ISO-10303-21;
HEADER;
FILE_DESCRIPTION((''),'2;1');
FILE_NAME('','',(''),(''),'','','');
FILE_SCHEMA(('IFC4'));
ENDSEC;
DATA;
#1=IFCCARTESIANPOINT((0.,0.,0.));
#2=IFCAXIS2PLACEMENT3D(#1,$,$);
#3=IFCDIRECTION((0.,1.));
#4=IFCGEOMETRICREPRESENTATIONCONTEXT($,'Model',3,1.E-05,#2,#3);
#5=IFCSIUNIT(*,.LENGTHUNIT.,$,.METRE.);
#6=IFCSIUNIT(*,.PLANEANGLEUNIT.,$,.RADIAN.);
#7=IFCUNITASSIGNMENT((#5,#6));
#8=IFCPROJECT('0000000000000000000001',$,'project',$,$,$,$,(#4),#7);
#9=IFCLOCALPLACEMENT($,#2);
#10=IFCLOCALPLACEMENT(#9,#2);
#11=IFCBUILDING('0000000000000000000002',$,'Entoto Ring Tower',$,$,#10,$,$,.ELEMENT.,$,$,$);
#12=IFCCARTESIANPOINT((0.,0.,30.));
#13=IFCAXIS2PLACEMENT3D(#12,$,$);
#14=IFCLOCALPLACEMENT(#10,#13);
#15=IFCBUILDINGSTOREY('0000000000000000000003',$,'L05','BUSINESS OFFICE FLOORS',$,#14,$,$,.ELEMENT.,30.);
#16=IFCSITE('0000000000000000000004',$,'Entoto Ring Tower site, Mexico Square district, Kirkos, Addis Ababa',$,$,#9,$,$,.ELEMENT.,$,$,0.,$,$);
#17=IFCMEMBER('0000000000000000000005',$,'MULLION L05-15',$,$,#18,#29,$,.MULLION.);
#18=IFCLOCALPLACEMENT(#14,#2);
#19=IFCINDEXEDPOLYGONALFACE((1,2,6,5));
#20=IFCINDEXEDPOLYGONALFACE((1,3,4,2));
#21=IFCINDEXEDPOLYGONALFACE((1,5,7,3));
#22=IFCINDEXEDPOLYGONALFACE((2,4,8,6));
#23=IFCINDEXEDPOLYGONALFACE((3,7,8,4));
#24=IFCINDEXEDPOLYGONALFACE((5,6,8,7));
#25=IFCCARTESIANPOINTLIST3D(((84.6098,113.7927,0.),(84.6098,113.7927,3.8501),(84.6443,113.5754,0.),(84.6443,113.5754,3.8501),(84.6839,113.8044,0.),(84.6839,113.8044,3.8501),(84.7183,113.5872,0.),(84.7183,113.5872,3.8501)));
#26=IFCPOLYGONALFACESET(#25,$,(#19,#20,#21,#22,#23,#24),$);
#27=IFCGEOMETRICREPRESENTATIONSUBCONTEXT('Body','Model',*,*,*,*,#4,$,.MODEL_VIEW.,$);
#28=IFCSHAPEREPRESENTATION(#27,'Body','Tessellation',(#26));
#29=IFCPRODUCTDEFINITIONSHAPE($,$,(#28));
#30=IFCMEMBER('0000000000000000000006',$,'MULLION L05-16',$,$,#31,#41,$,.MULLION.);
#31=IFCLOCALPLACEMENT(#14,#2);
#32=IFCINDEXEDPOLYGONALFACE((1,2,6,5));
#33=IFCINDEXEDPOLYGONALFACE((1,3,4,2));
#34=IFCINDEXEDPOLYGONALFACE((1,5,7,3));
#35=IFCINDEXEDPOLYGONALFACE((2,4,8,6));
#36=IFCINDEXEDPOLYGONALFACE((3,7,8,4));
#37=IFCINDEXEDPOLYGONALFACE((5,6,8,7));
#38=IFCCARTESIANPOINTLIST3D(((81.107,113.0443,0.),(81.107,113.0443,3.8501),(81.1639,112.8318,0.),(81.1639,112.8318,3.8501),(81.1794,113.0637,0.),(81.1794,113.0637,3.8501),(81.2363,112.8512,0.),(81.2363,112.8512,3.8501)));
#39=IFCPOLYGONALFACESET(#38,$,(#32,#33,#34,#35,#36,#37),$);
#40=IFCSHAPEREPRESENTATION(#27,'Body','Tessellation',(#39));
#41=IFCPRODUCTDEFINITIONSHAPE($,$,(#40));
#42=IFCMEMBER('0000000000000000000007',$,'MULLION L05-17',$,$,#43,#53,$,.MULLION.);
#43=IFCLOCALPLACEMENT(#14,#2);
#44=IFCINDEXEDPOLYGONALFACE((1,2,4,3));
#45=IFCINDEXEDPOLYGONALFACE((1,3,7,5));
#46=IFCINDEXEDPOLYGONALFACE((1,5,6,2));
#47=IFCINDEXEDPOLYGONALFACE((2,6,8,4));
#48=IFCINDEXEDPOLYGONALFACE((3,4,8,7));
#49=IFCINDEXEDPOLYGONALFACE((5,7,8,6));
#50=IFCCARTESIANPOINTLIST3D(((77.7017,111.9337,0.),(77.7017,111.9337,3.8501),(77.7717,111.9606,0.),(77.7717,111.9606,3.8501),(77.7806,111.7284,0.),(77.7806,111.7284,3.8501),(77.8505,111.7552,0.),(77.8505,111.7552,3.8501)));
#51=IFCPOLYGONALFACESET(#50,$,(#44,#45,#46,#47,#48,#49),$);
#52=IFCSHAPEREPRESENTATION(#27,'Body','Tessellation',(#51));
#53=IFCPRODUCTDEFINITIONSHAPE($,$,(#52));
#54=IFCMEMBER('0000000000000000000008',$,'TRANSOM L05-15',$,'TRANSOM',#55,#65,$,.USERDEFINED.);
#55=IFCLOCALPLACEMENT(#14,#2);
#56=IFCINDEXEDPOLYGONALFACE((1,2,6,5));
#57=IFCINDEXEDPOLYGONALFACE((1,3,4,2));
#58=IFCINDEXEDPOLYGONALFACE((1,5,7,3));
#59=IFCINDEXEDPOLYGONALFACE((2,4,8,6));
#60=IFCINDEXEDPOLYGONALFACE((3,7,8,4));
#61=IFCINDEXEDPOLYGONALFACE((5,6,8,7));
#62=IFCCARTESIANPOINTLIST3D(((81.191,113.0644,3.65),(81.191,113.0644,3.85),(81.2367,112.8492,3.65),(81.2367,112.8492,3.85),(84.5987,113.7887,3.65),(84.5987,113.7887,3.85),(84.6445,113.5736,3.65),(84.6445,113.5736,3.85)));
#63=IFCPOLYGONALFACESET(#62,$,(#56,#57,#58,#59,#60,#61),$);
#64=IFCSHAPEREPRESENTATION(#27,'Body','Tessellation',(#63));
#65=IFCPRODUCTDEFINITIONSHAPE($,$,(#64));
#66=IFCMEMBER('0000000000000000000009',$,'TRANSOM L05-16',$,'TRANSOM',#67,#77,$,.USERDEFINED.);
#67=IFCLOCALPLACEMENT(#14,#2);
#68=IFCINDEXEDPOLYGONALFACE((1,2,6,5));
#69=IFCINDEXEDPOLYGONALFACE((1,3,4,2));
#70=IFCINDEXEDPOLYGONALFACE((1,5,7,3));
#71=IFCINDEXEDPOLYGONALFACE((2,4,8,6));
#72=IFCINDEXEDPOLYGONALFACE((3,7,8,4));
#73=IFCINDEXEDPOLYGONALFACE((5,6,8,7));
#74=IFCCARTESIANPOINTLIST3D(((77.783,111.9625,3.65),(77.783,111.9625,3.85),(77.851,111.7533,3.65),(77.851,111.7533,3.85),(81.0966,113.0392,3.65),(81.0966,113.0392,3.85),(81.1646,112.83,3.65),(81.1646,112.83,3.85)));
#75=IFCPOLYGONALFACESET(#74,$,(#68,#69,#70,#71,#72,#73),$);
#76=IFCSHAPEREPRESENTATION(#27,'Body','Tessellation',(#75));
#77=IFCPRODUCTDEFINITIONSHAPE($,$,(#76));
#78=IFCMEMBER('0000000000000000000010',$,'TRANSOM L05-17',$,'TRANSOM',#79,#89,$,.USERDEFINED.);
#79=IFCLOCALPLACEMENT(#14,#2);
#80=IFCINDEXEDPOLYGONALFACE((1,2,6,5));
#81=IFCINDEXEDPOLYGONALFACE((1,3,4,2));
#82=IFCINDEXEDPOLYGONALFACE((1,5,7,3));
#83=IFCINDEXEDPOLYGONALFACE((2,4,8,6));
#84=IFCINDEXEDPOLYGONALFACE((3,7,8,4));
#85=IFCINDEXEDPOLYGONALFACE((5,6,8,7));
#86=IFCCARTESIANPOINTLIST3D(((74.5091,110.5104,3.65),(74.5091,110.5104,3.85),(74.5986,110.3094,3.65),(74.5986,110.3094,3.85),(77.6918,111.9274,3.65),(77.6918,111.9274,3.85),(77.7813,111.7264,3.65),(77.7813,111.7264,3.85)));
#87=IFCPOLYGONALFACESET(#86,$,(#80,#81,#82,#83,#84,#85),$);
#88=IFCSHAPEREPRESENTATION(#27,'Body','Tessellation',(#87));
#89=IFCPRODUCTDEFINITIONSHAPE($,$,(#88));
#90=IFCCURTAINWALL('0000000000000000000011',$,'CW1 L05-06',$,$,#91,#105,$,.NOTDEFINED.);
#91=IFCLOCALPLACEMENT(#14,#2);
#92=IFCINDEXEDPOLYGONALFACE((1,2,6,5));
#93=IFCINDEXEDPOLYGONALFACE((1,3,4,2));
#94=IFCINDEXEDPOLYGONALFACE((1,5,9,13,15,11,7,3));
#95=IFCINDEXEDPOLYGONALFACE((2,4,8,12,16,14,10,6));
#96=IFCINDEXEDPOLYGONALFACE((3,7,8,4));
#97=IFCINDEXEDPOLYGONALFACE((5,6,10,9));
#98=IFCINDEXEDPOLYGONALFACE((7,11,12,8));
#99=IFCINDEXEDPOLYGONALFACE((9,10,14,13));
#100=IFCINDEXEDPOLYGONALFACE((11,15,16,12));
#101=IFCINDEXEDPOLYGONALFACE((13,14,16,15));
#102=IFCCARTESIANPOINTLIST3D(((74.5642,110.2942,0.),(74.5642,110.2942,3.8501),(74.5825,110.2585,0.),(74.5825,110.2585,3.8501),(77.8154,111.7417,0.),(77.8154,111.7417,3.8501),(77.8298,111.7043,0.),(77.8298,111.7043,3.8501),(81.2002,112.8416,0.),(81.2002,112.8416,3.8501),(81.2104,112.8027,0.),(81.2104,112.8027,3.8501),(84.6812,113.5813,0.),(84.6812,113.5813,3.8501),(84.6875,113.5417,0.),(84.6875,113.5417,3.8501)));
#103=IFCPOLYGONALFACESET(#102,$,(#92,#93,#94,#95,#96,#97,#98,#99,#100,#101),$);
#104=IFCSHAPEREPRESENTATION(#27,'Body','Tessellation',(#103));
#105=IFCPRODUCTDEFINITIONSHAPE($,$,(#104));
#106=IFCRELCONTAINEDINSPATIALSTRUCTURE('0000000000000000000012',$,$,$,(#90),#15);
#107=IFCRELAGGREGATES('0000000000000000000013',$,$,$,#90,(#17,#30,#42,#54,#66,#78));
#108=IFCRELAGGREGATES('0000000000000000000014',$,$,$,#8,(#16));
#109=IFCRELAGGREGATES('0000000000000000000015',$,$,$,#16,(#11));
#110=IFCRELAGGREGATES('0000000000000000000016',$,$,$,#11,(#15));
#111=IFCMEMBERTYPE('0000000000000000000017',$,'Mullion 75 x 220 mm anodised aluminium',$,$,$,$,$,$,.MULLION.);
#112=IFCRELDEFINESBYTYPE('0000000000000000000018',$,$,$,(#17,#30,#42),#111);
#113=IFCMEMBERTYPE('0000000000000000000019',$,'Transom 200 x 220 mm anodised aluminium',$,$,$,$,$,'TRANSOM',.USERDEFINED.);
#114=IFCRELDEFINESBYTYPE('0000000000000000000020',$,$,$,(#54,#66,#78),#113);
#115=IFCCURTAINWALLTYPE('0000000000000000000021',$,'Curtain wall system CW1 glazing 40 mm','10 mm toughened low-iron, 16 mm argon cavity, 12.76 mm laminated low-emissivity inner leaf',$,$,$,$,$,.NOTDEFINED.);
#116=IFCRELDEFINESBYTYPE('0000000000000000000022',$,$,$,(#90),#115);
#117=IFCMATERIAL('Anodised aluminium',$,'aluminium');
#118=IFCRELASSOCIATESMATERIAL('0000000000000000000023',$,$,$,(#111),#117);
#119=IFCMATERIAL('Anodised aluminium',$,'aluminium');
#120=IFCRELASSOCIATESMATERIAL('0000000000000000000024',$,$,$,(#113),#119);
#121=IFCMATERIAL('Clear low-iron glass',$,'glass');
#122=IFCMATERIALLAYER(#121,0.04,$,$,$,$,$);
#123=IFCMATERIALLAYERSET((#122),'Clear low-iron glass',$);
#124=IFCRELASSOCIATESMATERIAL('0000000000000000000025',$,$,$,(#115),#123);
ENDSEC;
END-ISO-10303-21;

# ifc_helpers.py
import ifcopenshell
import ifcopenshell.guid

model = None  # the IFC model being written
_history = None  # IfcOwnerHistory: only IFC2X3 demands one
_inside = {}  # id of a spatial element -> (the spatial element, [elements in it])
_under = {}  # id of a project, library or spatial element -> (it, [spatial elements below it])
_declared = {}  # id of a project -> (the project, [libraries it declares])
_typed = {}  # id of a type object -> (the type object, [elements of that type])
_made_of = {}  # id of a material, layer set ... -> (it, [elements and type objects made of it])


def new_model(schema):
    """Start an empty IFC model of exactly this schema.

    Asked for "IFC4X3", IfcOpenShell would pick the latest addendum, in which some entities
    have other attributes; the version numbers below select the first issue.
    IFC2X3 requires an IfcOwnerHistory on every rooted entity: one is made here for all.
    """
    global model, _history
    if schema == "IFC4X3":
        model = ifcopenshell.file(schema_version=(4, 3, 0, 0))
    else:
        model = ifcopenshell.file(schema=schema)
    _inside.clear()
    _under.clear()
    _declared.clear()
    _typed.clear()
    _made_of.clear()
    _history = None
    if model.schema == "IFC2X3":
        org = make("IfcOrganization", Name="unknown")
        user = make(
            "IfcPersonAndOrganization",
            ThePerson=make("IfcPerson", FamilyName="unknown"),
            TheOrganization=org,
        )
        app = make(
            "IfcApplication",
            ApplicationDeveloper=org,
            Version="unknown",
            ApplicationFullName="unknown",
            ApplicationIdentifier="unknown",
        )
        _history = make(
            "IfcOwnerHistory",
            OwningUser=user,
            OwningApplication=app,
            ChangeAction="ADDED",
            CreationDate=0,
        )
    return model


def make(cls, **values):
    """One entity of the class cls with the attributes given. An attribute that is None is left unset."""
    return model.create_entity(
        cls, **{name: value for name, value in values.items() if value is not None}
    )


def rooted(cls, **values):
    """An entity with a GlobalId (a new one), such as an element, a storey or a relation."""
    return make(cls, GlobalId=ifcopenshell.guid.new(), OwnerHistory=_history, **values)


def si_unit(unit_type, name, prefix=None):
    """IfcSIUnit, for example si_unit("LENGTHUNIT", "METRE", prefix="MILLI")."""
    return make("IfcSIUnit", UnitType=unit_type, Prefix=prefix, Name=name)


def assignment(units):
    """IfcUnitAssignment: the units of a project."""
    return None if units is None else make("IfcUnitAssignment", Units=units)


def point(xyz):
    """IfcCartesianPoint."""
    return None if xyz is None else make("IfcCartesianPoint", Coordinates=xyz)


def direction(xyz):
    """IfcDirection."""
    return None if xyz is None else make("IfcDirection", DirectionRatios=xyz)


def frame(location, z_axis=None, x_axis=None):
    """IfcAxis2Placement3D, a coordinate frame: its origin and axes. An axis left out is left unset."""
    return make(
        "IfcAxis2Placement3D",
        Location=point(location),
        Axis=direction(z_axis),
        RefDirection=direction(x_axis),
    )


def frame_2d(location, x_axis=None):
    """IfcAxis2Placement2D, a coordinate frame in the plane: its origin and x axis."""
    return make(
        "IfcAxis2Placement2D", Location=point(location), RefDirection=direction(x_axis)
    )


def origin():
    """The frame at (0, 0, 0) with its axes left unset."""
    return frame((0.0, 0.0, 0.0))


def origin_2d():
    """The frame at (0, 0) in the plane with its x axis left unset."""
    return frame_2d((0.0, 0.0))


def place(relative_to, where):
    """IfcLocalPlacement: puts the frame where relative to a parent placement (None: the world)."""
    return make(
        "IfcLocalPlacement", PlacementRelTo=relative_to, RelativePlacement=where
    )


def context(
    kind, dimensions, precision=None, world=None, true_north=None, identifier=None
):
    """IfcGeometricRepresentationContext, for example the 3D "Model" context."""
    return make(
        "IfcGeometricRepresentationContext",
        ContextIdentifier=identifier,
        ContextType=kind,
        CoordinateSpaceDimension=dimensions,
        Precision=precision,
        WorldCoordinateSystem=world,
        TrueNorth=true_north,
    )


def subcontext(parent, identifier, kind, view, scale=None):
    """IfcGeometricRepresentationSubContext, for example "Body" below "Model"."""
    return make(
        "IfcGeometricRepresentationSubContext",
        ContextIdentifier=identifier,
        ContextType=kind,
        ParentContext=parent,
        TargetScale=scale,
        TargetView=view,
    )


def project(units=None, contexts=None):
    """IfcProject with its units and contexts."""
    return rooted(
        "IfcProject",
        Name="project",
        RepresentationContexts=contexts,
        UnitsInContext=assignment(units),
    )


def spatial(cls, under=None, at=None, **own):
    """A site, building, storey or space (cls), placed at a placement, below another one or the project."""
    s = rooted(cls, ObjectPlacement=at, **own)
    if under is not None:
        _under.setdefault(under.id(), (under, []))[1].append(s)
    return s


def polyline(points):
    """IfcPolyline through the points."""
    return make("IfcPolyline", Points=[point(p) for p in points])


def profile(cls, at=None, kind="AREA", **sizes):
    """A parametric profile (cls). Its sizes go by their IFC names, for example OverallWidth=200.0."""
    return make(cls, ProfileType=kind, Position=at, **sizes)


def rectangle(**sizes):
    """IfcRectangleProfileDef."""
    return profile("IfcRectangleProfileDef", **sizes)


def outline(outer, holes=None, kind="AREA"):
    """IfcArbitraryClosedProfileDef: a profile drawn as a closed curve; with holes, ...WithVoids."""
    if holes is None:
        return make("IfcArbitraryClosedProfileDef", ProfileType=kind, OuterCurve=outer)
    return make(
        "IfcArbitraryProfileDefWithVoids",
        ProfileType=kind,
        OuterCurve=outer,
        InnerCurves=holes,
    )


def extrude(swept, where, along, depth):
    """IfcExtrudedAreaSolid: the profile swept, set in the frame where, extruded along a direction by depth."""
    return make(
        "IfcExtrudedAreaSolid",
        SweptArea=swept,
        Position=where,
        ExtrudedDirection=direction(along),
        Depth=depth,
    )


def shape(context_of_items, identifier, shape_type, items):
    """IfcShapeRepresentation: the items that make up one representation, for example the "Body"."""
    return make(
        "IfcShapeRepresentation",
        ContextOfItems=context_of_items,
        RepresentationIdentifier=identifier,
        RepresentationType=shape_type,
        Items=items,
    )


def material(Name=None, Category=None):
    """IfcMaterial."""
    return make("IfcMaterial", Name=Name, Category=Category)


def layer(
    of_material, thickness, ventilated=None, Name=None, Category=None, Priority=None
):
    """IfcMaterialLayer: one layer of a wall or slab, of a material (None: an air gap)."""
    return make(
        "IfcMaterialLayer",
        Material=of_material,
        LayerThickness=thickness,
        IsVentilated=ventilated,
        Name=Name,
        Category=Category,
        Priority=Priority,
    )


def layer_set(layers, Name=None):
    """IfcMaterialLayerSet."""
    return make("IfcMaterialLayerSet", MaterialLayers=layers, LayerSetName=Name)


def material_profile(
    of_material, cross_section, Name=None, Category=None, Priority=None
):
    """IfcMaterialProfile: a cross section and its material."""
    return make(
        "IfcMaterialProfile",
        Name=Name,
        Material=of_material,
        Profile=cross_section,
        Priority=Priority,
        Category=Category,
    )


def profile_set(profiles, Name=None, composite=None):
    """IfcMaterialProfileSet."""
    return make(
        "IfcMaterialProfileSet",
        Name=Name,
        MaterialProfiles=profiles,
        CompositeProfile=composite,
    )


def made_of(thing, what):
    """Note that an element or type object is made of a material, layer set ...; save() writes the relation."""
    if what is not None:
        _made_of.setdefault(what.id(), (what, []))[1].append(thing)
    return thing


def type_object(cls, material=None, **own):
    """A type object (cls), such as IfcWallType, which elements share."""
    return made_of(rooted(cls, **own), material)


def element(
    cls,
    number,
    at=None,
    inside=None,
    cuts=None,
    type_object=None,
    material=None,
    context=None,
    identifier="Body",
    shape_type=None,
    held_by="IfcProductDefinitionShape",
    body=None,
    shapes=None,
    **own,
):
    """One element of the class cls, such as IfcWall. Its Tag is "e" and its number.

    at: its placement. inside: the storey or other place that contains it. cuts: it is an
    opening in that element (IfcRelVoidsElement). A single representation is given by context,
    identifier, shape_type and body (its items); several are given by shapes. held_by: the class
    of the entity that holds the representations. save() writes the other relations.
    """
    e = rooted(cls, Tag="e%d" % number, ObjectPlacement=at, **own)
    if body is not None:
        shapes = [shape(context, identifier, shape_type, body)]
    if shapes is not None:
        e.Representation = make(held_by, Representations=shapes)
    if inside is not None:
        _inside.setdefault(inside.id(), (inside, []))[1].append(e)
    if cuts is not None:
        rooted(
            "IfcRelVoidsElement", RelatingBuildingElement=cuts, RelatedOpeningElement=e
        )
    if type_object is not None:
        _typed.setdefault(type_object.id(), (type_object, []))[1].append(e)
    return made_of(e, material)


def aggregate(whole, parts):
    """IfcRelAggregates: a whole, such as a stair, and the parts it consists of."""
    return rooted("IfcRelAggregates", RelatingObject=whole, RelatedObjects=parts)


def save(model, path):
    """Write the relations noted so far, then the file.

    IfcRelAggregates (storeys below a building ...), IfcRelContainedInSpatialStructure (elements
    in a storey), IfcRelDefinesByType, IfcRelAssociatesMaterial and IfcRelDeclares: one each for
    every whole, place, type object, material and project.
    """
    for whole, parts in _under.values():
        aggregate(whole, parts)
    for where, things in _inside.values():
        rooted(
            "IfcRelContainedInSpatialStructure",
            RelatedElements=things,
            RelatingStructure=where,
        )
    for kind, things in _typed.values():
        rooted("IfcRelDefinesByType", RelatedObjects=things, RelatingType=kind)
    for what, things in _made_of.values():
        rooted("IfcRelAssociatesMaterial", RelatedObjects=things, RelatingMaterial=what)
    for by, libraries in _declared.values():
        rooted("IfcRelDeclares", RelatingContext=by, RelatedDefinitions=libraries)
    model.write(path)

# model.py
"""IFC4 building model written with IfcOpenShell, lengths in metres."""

from ifc_helpers import new_model, si_unit, direction, frame, origin, origin_2d, place, context, subcontext, project, spatial, polyline, rectangle, outline, extrude, material, layer, layer_set, material_profile, profile_set, type_object, element, aggregate, save


model = new_model("IFC4")

# Units and contexts
model_context = context("Model", 3, precision=1e-05, world=origin(), true_north=direction((0.0, 1.0)))
body_context = subcontext(model_context, "Body", "Model", "MODEL_VIEW")
ifc_project = project(units=[si_unit("LENGTHUNIT", "METRE"), si_unit("PLANEANGLEUNIT", "RADIAN")], contexts=[model_context])

# Members
ifc_material_1 = material(Name="Anodised aluminium", Category="aluminium")
ifc_material_profile_1 = material_profile(ifc_material_1, rectangle(XDim=0.075, YDim=0.22, at=origin_2d()), Name="Mullion 75 x 220 mm anodised aluminium")
ifc_profile_set_1 = profile_set([ifc_material_profile_1], Name="Anodised aluminium")
member_type_1 = type_object("IfcMemberType", Name="Mullion 75 x 220 mm anodised aluminium", PredefinedType="MULLION", material=ifc_profile_set_1)
site_placement = place(None, origin())
building_placement = place(site_placement, origin())
storey_placement = place(building_placement, frame((0.0, 0.0, 30.0)))
member_1_placement = place(storey_placement, frame((84.6641, 113.6899, 0.0), z_axis=(0.0, 0.0, 1.0), x_axis=(-0.987688, -0.156434, 0.0)))
member_1 = element("IfcMember", 1, at=member_1_placement, type_object=member_type_1, Name="MULLION L05-15", PredefinedType="MULLION", context=body_context, shape_type="SweptSolid", body=[
    extrude(rectangle(XDim=0.075, YDim=0.22, at=origin_2d()), origin(), (0.0, 0.0, 1.0), 3.8501),
])
member_2_placement = place(storey_placement, frame((81.1716, 112.9478, 0.0), z_axis=(0.0, 0.0, 1.0), x_axis=(-0.965926, -0.258819, 0.0)))
member_2 = element("IfcMember", 2, at=member_2_placement, type_object=member_type_1, Name="MULLION L05-16", PredefinedType="MULLION", context=body_context, shape_type="SweptSolid", body=[
    extrude(rectangle(XDim=0.075, YDim=0.22, at=origin_2d()), origin(), (0.0, 0.0, 1.0), 3.8501),
])
member_3_placement = place(storey_placement, frame((77.7761, 111.8445, 0.0), z_axis=(0.0, 0.0, 1.0), x_axis=(-0.93358, -0.358368, 0.0)))
member_3 = element("IfcMember", 3, at=member_3_placement, type_object=member_type_1, Name="MULLION L05-17", PredefinedType="MULLION", context=body_context, shape_type="SweptSolid", body=[
    extrude(rectangle(XDim=0.075, YDim=0.22, at=origin_2d()), origin(), (0.0, 0.0, 1.0), 3.8501),
])
ifc_material_2 = material(Name="Anodised aluminium", Category="aluminium")
ifc_material_profile_2 = material_profile(ifc_material_2, rectangle(XDim=0.22, YDim=0.2, at=origin_2d()), Name="Transom 200 x 220 mm anodised aluminium")
ifc_profile_set_2 = profile_set([ifc_material_profile_2], Name="Anodised aluminium")
member_type_2 = type_object("IfcMemberType", Name="Transom 200 x 220 mm anodised aluminium", ElementType="TRANSOM", PredefinedType="USERDEFINED", material=ifc_profile_set_2)
member_4_placement = place(storey_placement, frame((84.6216, 113.6812, 3.75), z_axis=(-0.978146, -0.207921, 0.0), x_axis=(0.207921, -0.978146, 0.0)))
member_4 = element("IfcMember", 4, at=member_4_placement, type_object=member_type_2, Name="TRANSOM L05-15", ObjectType="TRANSOM", PredefinedType="USERDEFINED", context=body_context, shape_type="SweptSolid", body=[
    extrude(rectangle(XDim=0.22, YDim=0.2, at=origin_2d()), origin(), (0.0, 0.0, 1.0), 3.4839),
])
member_5_placement = place(storey_placement, frame((81.1306, 112.9346, 3.75), z_axis=(-0.951053, -0.309029, 0.0), x_axis=(0.309029, -0.951053, 0.0)))
member_5 = element("IfcMember", 5, at=member_5_placement, type_object=member_type_2, Name="TRANSOM L05-16", ObjectType="TRANSOM", PredefinedType="USERDEFINED", context=body_context, shape_type="SweptSolid", body=[
    extrude(rectangle(XDim=0.22, YDim=0.2, at=origin_2d()), origin(), (0.0, 0.0, 1.0), 3.4841),
])
member_6_placement = place(storey_placement, frame((77.7366, 111.8269, 3.75), z_axis=(-0.913545, -0.406737, 0.0), x_axis=(0.406737, -0.913545, 0.0)))
member_6 = element("IfcMember", 6, at=member_6_placement, type_object=member_type_2, Name="TRANSOM L05-17", ObjectType="TRANSOM", PredefinedType="USERDEFINED", context=body_context, shape_type="SweptSolid", body=[
    extrude(rectangle(XDim=0.22, YDim=0.2, at=origin_2d()), origin(), (0.0, 0.0, 1.0), 3.4839),
])

# Site, building, storey
site = spatial("IfcSite", under=ifc_project, at=site_placement, Name="Entoto Ring Tower site, Mexico Square district, Kirkos, Addis Ababa", CompositionType="ELEMENT", RefElevation=0.0)
building = spatial("IfcBuilding", under=site, at=building_placement, Name="Entoto Ring Tower", CompositionType="ELEMENT")
storey = spatial("IfcBuildingStorey", under=building, at=storey_placement, Name="L05", Description="BUSINESS OFFICE FLOORS", CompositionType="ELEMENT", Elevation=30.0)

# Curtain wall
ifc_material_3 = material(Name="Clear low-iron glass", Category="glass")
ifc_layer = layer(ifc_material_3, 0.04)
ifc_layer_set = layer_set([ifc_layer], Name="Clear low-iron glass")
curtain_wall_type = type_object("IfcCurtainWallType", Name="Curtain wall system CW1 glazing 40 mm", Description="10 mm toughened low-iron, 16 mm argon cavity, 12.76 mm laminated low-emissivity inner leaf", PredefinedType="NOTDEFINED", material=ifc_layer_set)
curtain_wall_1_placement = place(storey_placement, origin())
curtain_wall_1 = element("IfcCurtainWall", 7, at=curtain_wall_1_placement, inside=storey, type_object=curtain_wall_type, Name="CW1 L05-06", PredefinedType="NOTDEFINED", context=body_context, shape_type="SweptSolid", body=[
    extrude(outline(polyline([(84.6812, 113.5813), (81.2002, 112.8416), (77.8154, 111.7417), (74.5642, 110.2942), (74.5825, 110.2585), (77.8298, 111.7043), (81.2104, 112.8027), (84.6875, 113.5417), (84.6812, 113.5813)])), origin(), (0.0, 0.0, 1.0), 3.8501),
])
aggregate(curtain_wall_1, [member_1, member_2, member_3, member_4, member_5, member_6])

save(model, "model.ifc")
